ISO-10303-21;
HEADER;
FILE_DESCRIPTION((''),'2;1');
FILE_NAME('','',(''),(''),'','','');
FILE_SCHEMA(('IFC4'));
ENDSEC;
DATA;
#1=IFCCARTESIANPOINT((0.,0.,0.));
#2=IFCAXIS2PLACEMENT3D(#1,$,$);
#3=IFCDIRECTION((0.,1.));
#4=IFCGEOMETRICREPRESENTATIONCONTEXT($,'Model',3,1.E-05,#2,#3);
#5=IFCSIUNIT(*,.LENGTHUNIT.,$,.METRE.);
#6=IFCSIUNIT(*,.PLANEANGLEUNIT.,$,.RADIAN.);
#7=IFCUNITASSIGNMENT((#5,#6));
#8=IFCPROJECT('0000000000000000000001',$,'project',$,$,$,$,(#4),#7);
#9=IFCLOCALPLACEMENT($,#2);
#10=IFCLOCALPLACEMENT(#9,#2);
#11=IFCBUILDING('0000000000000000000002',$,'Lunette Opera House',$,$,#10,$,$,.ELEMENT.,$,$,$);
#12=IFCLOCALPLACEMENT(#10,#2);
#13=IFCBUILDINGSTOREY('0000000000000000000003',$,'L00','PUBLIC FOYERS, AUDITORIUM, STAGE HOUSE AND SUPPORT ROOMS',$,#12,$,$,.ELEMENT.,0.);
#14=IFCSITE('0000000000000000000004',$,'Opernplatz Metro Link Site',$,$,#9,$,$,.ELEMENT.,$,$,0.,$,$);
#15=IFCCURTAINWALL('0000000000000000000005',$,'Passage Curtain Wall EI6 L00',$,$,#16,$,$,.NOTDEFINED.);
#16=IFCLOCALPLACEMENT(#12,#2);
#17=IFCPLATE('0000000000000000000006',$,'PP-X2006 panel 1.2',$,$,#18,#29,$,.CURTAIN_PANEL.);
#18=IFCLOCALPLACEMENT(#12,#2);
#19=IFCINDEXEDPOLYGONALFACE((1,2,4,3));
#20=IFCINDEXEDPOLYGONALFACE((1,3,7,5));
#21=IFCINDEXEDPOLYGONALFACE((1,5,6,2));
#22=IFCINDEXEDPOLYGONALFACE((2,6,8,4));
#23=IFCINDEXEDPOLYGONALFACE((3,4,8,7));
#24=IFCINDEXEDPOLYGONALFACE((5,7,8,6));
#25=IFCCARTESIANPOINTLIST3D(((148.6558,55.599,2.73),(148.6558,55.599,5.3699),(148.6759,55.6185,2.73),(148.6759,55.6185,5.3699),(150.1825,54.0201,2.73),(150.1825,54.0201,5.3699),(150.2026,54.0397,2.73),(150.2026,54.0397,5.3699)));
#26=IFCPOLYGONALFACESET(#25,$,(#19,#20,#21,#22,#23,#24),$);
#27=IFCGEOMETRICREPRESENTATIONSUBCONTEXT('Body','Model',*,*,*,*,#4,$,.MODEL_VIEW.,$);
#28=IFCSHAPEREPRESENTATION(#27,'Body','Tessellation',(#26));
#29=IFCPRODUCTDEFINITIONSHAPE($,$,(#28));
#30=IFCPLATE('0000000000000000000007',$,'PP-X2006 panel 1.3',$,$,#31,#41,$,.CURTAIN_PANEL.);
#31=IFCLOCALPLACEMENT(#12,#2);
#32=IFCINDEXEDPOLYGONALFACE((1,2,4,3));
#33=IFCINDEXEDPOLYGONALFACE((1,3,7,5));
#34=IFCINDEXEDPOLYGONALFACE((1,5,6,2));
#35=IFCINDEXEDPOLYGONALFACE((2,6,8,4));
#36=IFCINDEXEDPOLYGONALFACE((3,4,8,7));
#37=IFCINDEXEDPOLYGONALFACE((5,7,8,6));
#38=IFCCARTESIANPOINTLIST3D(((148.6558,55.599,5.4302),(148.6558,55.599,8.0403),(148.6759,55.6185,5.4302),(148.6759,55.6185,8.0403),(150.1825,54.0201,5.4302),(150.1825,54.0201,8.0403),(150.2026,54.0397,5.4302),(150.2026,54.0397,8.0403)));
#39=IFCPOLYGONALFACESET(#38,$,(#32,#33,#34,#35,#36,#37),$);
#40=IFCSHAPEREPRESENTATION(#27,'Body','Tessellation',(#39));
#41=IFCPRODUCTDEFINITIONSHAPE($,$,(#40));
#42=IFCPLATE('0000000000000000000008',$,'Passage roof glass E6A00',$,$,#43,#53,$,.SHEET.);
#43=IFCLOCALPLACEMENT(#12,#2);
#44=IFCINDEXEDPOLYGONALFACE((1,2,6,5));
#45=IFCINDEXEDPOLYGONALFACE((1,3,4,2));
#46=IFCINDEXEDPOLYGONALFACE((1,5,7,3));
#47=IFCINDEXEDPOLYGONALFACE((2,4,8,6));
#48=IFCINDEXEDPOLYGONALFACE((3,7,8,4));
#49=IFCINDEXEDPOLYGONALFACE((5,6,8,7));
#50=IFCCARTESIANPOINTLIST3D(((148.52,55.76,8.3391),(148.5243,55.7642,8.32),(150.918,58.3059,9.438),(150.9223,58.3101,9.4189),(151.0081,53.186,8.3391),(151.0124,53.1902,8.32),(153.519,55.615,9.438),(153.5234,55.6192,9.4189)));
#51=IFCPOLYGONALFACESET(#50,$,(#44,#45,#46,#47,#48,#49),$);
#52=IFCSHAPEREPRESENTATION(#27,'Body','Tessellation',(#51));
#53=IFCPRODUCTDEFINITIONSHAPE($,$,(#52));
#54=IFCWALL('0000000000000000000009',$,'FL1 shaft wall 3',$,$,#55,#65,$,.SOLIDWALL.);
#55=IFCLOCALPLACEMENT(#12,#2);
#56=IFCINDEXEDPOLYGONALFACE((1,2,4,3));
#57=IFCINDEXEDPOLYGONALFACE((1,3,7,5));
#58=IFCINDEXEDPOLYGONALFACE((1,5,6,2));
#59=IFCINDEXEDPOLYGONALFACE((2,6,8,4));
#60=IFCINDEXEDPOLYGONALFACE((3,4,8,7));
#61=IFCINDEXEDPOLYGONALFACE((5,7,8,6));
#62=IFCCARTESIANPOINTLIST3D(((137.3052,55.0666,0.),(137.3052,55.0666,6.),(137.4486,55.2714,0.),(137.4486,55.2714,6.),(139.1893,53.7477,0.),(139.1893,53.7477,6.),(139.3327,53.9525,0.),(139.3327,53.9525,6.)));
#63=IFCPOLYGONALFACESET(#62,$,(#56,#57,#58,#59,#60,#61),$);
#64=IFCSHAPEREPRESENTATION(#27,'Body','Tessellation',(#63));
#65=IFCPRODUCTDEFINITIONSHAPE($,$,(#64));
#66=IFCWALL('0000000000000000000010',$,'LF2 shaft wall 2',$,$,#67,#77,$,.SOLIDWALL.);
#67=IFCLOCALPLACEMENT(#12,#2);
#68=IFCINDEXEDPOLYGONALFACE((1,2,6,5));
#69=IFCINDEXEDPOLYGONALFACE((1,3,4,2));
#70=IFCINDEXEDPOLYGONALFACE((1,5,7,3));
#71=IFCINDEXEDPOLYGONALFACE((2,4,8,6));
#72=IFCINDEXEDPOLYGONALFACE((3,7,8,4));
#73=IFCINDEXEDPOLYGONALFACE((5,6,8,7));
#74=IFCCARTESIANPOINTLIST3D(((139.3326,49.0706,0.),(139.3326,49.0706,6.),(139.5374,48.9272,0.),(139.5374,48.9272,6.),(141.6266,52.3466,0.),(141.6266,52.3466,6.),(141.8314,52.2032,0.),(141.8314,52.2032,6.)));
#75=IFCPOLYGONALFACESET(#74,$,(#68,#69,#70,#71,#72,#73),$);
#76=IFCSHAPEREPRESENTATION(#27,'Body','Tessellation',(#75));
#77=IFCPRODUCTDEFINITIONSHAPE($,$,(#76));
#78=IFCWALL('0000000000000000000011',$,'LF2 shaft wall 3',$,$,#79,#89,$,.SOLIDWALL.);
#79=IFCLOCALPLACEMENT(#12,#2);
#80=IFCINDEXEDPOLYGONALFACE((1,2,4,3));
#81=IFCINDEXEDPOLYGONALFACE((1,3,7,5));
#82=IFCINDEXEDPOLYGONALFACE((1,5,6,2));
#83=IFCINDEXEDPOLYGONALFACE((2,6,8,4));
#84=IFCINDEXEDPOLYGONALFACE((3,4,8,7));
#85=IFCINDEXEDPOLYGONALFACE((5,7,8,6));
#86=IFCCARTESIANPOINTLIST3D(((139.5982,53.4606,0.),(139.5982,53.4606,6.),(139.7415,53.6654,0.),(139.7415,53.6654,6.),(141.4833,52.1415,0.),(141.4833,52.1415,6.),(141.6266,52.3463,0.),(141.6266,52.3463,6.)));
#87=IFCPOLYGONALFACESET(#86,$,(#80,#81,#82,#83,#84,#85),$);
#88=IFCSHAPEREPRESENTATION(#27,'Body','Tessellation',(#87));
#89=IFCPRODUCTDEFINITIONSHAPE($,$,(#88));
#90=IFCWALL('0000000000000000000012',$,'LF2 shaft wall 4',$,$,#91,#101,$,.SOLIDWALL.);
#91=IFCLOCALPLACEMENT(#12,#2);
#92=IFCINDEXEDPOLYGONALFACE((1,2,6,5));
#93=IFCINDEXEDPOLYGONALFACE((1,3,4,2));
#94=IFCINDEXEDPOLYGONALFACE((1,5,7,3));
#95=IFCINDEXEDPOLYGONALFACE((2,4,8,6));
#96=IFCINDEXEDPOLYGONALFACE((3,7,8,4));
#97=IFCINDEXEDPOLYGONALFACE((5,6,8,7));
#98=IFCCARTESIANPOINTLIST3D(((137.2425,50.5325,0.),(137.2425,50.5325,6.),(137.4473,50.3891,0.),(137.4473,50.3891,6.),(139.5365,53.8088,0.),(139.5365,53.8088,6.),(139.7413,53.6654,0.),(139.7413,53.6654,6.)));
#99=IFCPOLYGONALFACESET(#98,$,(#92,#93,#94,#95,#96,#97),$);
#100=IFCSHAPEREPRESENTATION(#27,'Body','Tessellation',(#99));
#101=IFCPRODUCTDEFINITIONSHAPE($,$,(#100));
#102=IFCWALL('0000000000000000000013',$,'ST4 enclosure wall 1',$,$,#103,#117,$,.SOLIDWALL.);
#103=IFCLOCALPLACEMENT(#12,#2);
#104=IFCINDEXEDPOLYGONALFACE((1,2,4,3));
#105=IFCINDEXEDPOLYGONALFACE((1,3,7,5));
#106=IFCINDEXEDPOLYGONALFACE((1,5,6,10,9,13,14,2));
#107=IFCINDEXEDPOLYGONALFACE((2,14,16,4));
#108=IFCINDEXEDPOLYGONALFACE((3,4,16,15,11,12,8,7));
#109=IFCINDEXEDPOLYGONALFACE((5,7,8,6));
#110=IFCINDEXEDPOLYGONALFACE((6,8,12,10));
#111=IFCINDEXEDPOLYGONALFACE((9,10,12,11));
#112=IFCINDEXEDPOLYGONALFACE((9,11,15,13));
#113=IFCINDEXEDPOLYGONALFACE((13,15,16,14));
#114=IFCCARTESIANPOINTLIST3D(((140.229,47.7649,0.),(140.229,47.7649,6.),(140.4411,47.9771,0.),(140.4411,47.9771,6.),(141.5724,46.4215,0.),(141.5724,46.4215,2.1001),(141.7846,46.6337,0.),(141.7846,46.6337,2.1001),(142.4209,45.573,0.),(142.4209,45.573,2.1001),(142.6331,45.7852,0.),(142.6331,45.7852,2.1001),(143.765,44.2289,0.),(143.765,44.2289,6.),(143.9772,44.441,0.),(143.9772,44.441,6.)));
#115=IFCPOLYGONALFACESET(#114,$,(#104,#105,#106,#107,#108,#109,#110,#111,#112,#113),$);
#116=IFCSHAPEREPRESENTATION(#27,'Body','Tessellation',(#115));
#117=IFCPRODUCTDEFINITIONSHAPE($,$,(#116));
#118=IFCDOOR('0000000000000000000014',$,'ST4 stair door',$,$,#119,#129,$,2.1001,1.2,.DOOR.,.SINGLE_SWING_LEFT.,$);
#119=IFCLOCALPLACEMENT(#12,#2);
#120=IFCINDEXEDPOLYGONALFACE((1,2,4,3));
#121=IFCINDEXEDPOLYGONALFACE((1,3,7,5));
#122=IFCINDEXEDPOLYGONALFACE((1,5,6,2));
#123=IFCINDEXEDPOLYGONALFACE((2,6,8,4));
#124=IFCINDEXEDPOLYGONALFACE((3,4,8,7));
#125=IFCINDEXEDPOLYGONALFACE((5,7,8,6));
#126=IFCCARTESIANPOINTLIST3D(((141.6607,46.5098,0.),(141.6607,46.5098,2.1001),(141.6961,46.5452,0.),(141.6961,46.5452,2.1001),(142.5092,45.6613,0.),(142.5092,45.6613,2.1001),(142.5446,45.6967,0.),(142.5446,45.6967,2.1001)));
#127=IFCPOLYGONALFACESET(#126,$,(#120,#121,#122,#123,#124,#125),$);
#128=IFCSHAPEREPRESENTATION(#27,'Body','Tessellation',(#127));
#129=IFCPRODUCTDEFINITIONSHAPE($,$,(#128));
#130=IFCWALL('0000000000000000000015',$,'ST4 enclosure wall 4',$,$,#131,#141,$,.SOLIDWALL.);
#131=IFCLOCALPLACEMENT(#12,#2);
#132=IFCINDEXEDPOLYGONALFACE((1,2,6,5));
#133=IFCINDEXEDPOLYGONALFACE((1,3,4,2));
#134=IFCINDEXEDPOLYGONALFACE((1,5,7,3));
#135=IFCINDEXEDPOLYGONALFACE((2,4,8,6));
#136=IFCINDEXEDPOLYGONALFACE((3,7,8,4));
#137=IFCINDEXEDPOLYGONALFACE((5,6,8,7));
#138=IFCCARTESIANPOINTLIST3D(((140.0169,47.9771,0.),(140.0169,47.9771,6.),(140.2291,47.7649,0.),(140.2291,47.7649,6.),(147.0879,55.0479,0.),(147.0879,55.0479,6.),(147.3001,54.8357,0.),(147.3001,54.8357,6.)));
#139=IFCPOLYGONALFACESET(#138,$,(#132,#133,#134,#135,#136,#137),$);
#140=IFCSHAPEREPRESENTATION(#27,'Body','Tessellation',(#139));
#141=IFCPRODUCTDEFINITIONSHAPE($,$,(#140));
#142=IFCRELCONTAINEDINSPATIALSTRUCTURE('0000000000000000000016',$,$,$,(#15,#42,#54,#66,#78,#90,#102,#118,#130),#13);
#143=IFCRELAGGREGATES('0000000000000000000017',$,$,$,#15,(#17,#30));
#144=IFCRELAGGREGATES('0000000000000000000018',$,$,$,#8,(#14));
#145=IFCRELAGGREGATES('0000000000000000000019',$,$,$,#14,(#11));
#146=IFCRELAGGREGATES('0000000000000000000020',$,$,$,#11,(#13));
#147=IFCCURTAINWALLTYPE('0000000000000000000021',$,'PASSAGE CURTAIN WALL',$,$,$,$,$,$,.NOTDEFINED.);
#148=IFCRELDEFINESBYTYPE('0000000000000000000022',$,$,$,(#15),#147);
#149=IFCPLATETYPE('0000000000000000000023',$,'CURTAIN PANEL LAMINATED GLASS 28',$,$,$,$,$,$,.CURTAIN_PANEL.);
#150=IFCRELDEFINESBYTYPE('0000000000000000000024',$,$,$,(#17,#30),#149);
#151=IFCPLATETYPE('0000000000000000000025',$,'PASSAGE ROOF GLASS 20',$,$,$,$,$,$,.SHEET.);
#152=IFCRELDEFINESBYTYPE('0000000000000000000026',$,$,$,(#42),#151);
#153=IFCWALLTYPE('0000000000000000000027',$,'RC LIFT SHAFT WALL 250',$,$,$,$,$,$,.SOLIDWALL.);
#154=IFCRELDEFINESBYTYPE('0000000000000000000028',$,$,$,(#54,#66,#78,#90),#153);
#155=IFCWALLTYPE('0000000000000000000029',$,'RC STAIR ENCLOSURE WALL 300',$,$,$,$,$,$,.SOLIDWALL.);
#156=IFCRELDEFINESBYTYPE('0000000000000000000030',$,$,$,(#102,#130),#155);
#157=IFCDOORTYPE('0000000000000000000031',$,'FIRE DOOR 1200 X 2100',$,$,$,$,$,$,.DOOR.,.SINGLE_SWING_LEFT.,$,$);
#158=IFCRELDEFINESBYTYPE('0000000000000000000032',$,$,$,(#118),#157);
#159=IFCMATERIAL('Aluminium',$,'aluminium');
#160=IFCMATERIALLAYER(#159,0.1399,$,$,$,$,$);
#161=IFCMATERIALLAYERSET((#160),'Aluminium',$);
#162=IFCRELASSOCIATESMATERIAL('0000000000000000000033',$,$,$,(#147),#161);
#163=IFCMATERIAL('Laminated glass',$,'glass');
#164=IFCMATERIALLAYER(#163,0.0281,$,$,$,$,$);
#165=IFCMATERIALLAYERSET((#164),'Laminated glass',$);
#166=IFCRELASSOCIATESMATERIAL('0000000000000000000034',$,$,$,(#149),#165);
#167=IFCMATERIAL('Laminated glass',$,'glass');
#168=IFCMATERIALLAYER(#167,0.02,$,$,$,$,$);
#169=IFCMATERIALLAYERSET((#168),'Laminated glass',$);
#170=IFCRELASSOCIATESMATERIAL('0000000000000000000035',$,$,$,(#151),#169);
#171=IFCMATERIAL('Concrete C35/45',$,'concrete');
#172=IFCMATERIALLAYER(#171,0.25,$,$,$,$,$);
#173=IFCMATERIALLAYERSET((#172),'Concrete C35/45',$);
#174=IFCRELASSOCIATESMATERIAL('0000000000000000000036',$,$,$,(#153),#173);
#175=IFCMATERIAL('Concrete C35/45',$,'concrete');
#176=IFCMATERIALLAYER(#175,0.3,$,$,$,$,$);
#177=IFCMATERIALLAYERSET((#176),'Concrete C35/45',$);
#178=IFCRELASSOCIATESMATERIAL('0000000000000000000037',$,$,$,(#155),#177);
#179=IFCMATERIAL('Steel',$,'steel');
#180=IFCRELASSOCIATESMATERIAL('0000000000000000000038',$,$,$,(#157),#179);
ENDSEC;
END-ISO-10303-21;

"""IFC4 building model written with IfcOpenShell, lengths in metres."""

from ifc_helpers import new_model, si_unit, direction, frame, frame_2d, origin, origin_2d, place, context, subcontext, project, spatial, polyline, rectangle, outline, extrude, material, layer, layer_set, type_object, element, fill, aggregate, save


model = new_model("IFC4")

# Units and contexts
model_context = context("Model", 3, precision=1e-05, world=origin(), true_north=direction((0.0, 1.0)))
body_context = subcontext(model_context, "Body", "Model", "MODEL_VIEW")
ifc_project = project(units=[si_unit("LENGTHUNIT", "METRE"), si_unit("PLANEANGLEUNIT", "RADIAN")], contexts=[model_context])

# Site, building, storey
site_placement = place(None, origin())
site = spatial("IfcSite", under=ifc_project, at=site_placement, Name="Opernplatz Metro Link Site", CompositionType="ELEMENT", RefElevation=0.0)
building_placement = place(site_placement, origin())
building = spatial("IfcBuilding", under=site, at=building_placement, Name="Lunette Opera House", CompositionType="ELEMENT")
storey_placement = place(building_placement, origin())
storey = spatial("IfcBuildingStorey", under=building, at=storey_placement, Name="L00", Description="PUBLIC FOYERS, AUDITORIUM, STAGE HOUSE AND SUPPORT ROOMS", CompositionType="ELEMENT", Elevation=0.0)

# Curtain wall
ifc_material_1 = material(Name="Aluminium", Category="aluminium")
ifc_layer_1 = layer(ifc_material_1, 0.1399)
ifc_layer_set_1 = layer_set([ifc_layer_1], Name="Aluminium")
curtain_wall_type = type_object("IfcCurtainWallType", Name="PASSAGE CURTAIN WALL", PredefinedType="NOTDEFINED", material=ifc_layer_set_1)
curtain_wall_1_placement = place(storey_placement, origin())
curtain_wall_1 = element("IfcCurtainWall", 1, at=curtain_wall_1_placement, inside=storey, type_object=curtain_wall_type, Name="Passage Curtain Wall EI6 L00", PredefinedType="NOTDEFINED")

# Plates
ifc_material_2 = material(Name="Laminated glass", Category="glass")
ifc_layer_2 = layer(ifc_material_2, 0.0281)
ifc_layer_set_2 = layer_set([ifc_layer_2], Name="Laminated glass")
plate_type_1 = type_object("IfcPlateType", Name="CURTAIN PANEL LAMINATED GLASS 28", PredefinedType="CURTAIN_PANEL", material=ifc_layer_set_2)
plate_1_placement = place(storey_placement, frame((149.4292, 54.8193, 2.73), z_axis=(0.0, 0.0, 1.0), x_axis=(0.695125, -0.718889, 0.0)))
plate_1 = element("IfcPlate", 2, at=plate_1_placement, type_object=plate_type_1, Name="PP-X2006 panel 1.2", PredefinedType="CURTAIN_PANEL", context=body_context, shape_type="SweptSolid", body=[
    extrude(rectangle(XDim=2.1963, YDim=0.0281, at=origin_2d()), origin(), (0.0, 0.0, 1.0), 2.6399),
])
plate_2_placement = place(storey_placement, frame((149.4292, 54.8193, 5.4302), z_axis=(0.0, 0.0, 1.0), x_axis=(0.695125, -0.718889, 0.0)))
plate_2 = element("IfcPlate", 3, at=plate_2_placement, type_object=plate_type_1, Name="PP-X2006 panel 1.3", PredefinedType="CURTAIN_PANEL", context=body_context, shape_type="SweptSolid", body=[
    extrude(rectangle(XDim=2.1963, YDim=0.0281, at=origin_2d()), origin(), (0.0, 0.0, 1.0), 2.6101),
])
aggregate(curtain_wall_1, [plate_1, plate_2])
ifc_material_3 = material(Name="Laminated glass", Category="glass")
ifc_layer_3 = layer(ifc_material_3, 0.02)
ifc_layer_set_3 = layer_set([ifc_layer_3], Name="Laminated glass")
plate_type_2 = type_object("IfcPlateType", Name="PASSAGE ROOF GLASS 20", PredefinedType="SHEET", material=ifc_layer_set_3)
plate_3_placement = place(storey_placement, frame((148.52, 55.76, 8.3391), z_axis=(-0.215739, -0.208536, 0.953923), x_axis=(0.695002, -0.719008, 0.0)))
element("IfcPlate", 4, at=plate_3_placement, inside=storey, type_object=plate_type_2, Name="Passage roof glass E6A00", PredefinedType="SHEET", context=body_context, shape_type="SweptSolid", body=[
    extrude(outline(polyline([(0.0, 0.0), (3.5799, 0.0), (3.5786, 3.6623), (-0.1639, 3.6623), (0.0, 0.0)])), origin(), (0.0, 0.0, -1.0), 0.02),
])

# Walls
ifc_material_4 = material(Name="Concrete C35/45", Category="concrete")
ifc_layer_4 = layer(ifc_material_4, 0.25)
ifc_layer_set_4 = layer_set([ifc_layer_4], Name="Concrete C35/45")
wall_type_1 = type_object("IfcWallType", Name="RC LIFT SHAFT WALL 250", PredefinedType="SOLIDWALL", material=ifc_layer_set_4)
wall_1_placement = place(storey_placement, frame((139.261, 53.8501, 0.0), z_axis=(0.0, 0.0, 1.0), x_axis=(-0.819227, 0.573469, 0.0)))
element("IfcWall", 5, at=wall_1_placement, inside=storey, type_object=wall_type_1, Name="FL1 shaft wall 3", PredefinedType="SOLIDWALL", context=body_context, shape_type="SweptSolid", body=[
    extrude(rectangle(XDim=2.2998, YDim=0.25, at=frame_2d((1.1499, 0.0))), origin(), (0.0, 0.0, 1.0), 6.0),
])
wall_2_placement = place(storey_placement, frame((139.4351, 48.999, 0.0), z_axis=(0.0, 0.0, 1.0), x_axis=(0.573602, 0.819134, 0.0)))
element("IfcWall", 6, at=wall_2_placement, inside=storey, type_object=wall_type_1, Name="LF2 shaft wall 2", PredefinedType="SOLIDWALL", context=body_context, shape_type="SweptSolid", body=[
    extrude(rectangle(XDim=3.9993, YDim=0.25, at=frame_2d((1.9995, 0.0))), origin(), (0.0, 0.0, 1.0), 6.0),
])
wall_3_placement = place(storey_placement, frame((141.5549, 52.2439, 0.0), z_axis=(0.0, 0.0, 1.0), x_axis=(-0.819317, 0.573341, 0.0)))
element("IfcWall", 7, at=wall_3_placement, inside=storey, type_object=wall_type_1, Name="LF2 shaft wall 3", PredefinedType="SOLIDWALL", context=body_context, shape_type="SweptSolid", body=[
    extrude(rectangle(XDim=2.3008, YDim=0.25, at=frame_2d((1.1504, 0.0))), origin(), (0.0, 0.0, 1.0), 6.0),
])
wall_4_placement = place(storey_placement, frame((139.6389, 53.7371, 0.0), z_axis=(0.0, 0.0, 1.0), x_axis=(-0.573573, -0.819154, 0.0)))
element("IfcWall", 8, at=wall_4_placement, inside=storey, type_object=wall_type_1, Name="LF2 shaft wall 4", PredefinedType="SOLIDWALL", context=body_context, shape_type="SweptSolid", body=[
    extrude(rectangle(XDim=3.9995, YDim=0.25, at=frame_2d((1.9998, 0.0))), origin(), (0.0, 0.0, 1.0), 6.0),
])

# Wall, opening, door
ifc_material_5 = material(Name="Concrete C35/45", Category="concrete")
ifc_layer_5 = layer(ifc_material_5, 0.3)
ifc_layer_set_5 = layer_set([ifc_layer_5], Name="Concrete C35/45")
wall_type_2 = type_object("IfcWallType", Name="RC STAIR ENCLOSURE WALL 300", PredefinedType="SOLIDWALL", material=ifc_layer_set_5)
wall_5_placement = place(storey_placement, frame((140.335, 47.8711, 0.0), z_axis=(0.0, 0.0, 1.0), x_axis=(0.707107, -0.707107, 0.0)))
wall_5 = element("IfcWall", 9, at=wall_5_placement, inside=storey, type_object=wall_type_2, Name="ST4 enclosure wall 1", PredefinedType="SOLIDWALL", context=body_context, shape_type="SweptSolid", body=[
    extrude(rectangle(XDim=5.0007, YDim=0.3, at=frame_2d((2.5005, 0.0))), origin(), (0.0, 0.0, 1.0), 6.0),
])
opening_1_placement = place(wall_5_placement, frame((1.8999, 0.0, 0.0)))
opening_1 = element("IfcOpeningElement", 10, at=opening_1_placement, cuts=wall_5, PredefinedType="OPENING", context=body_context, shape_type="SweptSolid", body=[
    extrude(rectangle(XDim=1.2, YDim=2.1001, at=frame_2d((0.6001, 1.05))), frame((0.0, 0.1621, 0.0), z_axis=(0.0, -1.0, 0.0), x_axis=(1.0, 0.0, 0.0)), (0.0, 0.0, 1.0), 0.324),
])
ifc_material_6 = material(Name="Steel", Category="steel")
door_type_1 = type_object("IfcDoorType", Name="FIRE DOOR 1200 X 2100", OperationType="SINGLE_SWING_LEFT", PredefinedType="DOOR", material=ifc_material_6)
door_1_placement = place(opening_1_placement, origin())
door_1 = element("IfcDoor", 11, at=door_1_placement, inside=storey, type_object=door_type_1, Name="ST4 stair door", OperationType="SINGLE_SWING_LEFT", OverallHeight=2.1001, OverallWidth=1.2, PredefinedType="DOOR", context=body_context, shape_type="SweptSolid", body=[
    extrude(rectangle(XDim=1.2, YDim=2.1001, at=frame_2d((0.6001, 1.05))), frame((0.0, 0.0249, 0.0), z_axis=(0.0, -1.0, 0.0), x_axis=(1.0, 0.0, 0.0)), (0.0, 0.0, 1.0), 0.05),
])
fill(opening_1, door_1)

# Wall
wall_6_placement = place(storey_placement, frame((147.1941, 54.9419, 0.0), z_axis=(0.0, 0.0, 1.0), x_axis=(-0.707119, -0.707095, 0.0)))
element("IfcWall", 12, at=wall_6_placement, inside=storey, type_object=wall_type_2, Name="ST4 enclosure wall 4", PredefinedType="SOLIDWALL", context=body_context, shape_type="SweptSolid", body=[
    extrude(rectangle(XDim=9.9998, YDim=0.3, at=frame_2d((5.0, 0.0))), origin(), (0.0, 0.0, 1.0), 6.0),
])

save(model, "model.ifc")
